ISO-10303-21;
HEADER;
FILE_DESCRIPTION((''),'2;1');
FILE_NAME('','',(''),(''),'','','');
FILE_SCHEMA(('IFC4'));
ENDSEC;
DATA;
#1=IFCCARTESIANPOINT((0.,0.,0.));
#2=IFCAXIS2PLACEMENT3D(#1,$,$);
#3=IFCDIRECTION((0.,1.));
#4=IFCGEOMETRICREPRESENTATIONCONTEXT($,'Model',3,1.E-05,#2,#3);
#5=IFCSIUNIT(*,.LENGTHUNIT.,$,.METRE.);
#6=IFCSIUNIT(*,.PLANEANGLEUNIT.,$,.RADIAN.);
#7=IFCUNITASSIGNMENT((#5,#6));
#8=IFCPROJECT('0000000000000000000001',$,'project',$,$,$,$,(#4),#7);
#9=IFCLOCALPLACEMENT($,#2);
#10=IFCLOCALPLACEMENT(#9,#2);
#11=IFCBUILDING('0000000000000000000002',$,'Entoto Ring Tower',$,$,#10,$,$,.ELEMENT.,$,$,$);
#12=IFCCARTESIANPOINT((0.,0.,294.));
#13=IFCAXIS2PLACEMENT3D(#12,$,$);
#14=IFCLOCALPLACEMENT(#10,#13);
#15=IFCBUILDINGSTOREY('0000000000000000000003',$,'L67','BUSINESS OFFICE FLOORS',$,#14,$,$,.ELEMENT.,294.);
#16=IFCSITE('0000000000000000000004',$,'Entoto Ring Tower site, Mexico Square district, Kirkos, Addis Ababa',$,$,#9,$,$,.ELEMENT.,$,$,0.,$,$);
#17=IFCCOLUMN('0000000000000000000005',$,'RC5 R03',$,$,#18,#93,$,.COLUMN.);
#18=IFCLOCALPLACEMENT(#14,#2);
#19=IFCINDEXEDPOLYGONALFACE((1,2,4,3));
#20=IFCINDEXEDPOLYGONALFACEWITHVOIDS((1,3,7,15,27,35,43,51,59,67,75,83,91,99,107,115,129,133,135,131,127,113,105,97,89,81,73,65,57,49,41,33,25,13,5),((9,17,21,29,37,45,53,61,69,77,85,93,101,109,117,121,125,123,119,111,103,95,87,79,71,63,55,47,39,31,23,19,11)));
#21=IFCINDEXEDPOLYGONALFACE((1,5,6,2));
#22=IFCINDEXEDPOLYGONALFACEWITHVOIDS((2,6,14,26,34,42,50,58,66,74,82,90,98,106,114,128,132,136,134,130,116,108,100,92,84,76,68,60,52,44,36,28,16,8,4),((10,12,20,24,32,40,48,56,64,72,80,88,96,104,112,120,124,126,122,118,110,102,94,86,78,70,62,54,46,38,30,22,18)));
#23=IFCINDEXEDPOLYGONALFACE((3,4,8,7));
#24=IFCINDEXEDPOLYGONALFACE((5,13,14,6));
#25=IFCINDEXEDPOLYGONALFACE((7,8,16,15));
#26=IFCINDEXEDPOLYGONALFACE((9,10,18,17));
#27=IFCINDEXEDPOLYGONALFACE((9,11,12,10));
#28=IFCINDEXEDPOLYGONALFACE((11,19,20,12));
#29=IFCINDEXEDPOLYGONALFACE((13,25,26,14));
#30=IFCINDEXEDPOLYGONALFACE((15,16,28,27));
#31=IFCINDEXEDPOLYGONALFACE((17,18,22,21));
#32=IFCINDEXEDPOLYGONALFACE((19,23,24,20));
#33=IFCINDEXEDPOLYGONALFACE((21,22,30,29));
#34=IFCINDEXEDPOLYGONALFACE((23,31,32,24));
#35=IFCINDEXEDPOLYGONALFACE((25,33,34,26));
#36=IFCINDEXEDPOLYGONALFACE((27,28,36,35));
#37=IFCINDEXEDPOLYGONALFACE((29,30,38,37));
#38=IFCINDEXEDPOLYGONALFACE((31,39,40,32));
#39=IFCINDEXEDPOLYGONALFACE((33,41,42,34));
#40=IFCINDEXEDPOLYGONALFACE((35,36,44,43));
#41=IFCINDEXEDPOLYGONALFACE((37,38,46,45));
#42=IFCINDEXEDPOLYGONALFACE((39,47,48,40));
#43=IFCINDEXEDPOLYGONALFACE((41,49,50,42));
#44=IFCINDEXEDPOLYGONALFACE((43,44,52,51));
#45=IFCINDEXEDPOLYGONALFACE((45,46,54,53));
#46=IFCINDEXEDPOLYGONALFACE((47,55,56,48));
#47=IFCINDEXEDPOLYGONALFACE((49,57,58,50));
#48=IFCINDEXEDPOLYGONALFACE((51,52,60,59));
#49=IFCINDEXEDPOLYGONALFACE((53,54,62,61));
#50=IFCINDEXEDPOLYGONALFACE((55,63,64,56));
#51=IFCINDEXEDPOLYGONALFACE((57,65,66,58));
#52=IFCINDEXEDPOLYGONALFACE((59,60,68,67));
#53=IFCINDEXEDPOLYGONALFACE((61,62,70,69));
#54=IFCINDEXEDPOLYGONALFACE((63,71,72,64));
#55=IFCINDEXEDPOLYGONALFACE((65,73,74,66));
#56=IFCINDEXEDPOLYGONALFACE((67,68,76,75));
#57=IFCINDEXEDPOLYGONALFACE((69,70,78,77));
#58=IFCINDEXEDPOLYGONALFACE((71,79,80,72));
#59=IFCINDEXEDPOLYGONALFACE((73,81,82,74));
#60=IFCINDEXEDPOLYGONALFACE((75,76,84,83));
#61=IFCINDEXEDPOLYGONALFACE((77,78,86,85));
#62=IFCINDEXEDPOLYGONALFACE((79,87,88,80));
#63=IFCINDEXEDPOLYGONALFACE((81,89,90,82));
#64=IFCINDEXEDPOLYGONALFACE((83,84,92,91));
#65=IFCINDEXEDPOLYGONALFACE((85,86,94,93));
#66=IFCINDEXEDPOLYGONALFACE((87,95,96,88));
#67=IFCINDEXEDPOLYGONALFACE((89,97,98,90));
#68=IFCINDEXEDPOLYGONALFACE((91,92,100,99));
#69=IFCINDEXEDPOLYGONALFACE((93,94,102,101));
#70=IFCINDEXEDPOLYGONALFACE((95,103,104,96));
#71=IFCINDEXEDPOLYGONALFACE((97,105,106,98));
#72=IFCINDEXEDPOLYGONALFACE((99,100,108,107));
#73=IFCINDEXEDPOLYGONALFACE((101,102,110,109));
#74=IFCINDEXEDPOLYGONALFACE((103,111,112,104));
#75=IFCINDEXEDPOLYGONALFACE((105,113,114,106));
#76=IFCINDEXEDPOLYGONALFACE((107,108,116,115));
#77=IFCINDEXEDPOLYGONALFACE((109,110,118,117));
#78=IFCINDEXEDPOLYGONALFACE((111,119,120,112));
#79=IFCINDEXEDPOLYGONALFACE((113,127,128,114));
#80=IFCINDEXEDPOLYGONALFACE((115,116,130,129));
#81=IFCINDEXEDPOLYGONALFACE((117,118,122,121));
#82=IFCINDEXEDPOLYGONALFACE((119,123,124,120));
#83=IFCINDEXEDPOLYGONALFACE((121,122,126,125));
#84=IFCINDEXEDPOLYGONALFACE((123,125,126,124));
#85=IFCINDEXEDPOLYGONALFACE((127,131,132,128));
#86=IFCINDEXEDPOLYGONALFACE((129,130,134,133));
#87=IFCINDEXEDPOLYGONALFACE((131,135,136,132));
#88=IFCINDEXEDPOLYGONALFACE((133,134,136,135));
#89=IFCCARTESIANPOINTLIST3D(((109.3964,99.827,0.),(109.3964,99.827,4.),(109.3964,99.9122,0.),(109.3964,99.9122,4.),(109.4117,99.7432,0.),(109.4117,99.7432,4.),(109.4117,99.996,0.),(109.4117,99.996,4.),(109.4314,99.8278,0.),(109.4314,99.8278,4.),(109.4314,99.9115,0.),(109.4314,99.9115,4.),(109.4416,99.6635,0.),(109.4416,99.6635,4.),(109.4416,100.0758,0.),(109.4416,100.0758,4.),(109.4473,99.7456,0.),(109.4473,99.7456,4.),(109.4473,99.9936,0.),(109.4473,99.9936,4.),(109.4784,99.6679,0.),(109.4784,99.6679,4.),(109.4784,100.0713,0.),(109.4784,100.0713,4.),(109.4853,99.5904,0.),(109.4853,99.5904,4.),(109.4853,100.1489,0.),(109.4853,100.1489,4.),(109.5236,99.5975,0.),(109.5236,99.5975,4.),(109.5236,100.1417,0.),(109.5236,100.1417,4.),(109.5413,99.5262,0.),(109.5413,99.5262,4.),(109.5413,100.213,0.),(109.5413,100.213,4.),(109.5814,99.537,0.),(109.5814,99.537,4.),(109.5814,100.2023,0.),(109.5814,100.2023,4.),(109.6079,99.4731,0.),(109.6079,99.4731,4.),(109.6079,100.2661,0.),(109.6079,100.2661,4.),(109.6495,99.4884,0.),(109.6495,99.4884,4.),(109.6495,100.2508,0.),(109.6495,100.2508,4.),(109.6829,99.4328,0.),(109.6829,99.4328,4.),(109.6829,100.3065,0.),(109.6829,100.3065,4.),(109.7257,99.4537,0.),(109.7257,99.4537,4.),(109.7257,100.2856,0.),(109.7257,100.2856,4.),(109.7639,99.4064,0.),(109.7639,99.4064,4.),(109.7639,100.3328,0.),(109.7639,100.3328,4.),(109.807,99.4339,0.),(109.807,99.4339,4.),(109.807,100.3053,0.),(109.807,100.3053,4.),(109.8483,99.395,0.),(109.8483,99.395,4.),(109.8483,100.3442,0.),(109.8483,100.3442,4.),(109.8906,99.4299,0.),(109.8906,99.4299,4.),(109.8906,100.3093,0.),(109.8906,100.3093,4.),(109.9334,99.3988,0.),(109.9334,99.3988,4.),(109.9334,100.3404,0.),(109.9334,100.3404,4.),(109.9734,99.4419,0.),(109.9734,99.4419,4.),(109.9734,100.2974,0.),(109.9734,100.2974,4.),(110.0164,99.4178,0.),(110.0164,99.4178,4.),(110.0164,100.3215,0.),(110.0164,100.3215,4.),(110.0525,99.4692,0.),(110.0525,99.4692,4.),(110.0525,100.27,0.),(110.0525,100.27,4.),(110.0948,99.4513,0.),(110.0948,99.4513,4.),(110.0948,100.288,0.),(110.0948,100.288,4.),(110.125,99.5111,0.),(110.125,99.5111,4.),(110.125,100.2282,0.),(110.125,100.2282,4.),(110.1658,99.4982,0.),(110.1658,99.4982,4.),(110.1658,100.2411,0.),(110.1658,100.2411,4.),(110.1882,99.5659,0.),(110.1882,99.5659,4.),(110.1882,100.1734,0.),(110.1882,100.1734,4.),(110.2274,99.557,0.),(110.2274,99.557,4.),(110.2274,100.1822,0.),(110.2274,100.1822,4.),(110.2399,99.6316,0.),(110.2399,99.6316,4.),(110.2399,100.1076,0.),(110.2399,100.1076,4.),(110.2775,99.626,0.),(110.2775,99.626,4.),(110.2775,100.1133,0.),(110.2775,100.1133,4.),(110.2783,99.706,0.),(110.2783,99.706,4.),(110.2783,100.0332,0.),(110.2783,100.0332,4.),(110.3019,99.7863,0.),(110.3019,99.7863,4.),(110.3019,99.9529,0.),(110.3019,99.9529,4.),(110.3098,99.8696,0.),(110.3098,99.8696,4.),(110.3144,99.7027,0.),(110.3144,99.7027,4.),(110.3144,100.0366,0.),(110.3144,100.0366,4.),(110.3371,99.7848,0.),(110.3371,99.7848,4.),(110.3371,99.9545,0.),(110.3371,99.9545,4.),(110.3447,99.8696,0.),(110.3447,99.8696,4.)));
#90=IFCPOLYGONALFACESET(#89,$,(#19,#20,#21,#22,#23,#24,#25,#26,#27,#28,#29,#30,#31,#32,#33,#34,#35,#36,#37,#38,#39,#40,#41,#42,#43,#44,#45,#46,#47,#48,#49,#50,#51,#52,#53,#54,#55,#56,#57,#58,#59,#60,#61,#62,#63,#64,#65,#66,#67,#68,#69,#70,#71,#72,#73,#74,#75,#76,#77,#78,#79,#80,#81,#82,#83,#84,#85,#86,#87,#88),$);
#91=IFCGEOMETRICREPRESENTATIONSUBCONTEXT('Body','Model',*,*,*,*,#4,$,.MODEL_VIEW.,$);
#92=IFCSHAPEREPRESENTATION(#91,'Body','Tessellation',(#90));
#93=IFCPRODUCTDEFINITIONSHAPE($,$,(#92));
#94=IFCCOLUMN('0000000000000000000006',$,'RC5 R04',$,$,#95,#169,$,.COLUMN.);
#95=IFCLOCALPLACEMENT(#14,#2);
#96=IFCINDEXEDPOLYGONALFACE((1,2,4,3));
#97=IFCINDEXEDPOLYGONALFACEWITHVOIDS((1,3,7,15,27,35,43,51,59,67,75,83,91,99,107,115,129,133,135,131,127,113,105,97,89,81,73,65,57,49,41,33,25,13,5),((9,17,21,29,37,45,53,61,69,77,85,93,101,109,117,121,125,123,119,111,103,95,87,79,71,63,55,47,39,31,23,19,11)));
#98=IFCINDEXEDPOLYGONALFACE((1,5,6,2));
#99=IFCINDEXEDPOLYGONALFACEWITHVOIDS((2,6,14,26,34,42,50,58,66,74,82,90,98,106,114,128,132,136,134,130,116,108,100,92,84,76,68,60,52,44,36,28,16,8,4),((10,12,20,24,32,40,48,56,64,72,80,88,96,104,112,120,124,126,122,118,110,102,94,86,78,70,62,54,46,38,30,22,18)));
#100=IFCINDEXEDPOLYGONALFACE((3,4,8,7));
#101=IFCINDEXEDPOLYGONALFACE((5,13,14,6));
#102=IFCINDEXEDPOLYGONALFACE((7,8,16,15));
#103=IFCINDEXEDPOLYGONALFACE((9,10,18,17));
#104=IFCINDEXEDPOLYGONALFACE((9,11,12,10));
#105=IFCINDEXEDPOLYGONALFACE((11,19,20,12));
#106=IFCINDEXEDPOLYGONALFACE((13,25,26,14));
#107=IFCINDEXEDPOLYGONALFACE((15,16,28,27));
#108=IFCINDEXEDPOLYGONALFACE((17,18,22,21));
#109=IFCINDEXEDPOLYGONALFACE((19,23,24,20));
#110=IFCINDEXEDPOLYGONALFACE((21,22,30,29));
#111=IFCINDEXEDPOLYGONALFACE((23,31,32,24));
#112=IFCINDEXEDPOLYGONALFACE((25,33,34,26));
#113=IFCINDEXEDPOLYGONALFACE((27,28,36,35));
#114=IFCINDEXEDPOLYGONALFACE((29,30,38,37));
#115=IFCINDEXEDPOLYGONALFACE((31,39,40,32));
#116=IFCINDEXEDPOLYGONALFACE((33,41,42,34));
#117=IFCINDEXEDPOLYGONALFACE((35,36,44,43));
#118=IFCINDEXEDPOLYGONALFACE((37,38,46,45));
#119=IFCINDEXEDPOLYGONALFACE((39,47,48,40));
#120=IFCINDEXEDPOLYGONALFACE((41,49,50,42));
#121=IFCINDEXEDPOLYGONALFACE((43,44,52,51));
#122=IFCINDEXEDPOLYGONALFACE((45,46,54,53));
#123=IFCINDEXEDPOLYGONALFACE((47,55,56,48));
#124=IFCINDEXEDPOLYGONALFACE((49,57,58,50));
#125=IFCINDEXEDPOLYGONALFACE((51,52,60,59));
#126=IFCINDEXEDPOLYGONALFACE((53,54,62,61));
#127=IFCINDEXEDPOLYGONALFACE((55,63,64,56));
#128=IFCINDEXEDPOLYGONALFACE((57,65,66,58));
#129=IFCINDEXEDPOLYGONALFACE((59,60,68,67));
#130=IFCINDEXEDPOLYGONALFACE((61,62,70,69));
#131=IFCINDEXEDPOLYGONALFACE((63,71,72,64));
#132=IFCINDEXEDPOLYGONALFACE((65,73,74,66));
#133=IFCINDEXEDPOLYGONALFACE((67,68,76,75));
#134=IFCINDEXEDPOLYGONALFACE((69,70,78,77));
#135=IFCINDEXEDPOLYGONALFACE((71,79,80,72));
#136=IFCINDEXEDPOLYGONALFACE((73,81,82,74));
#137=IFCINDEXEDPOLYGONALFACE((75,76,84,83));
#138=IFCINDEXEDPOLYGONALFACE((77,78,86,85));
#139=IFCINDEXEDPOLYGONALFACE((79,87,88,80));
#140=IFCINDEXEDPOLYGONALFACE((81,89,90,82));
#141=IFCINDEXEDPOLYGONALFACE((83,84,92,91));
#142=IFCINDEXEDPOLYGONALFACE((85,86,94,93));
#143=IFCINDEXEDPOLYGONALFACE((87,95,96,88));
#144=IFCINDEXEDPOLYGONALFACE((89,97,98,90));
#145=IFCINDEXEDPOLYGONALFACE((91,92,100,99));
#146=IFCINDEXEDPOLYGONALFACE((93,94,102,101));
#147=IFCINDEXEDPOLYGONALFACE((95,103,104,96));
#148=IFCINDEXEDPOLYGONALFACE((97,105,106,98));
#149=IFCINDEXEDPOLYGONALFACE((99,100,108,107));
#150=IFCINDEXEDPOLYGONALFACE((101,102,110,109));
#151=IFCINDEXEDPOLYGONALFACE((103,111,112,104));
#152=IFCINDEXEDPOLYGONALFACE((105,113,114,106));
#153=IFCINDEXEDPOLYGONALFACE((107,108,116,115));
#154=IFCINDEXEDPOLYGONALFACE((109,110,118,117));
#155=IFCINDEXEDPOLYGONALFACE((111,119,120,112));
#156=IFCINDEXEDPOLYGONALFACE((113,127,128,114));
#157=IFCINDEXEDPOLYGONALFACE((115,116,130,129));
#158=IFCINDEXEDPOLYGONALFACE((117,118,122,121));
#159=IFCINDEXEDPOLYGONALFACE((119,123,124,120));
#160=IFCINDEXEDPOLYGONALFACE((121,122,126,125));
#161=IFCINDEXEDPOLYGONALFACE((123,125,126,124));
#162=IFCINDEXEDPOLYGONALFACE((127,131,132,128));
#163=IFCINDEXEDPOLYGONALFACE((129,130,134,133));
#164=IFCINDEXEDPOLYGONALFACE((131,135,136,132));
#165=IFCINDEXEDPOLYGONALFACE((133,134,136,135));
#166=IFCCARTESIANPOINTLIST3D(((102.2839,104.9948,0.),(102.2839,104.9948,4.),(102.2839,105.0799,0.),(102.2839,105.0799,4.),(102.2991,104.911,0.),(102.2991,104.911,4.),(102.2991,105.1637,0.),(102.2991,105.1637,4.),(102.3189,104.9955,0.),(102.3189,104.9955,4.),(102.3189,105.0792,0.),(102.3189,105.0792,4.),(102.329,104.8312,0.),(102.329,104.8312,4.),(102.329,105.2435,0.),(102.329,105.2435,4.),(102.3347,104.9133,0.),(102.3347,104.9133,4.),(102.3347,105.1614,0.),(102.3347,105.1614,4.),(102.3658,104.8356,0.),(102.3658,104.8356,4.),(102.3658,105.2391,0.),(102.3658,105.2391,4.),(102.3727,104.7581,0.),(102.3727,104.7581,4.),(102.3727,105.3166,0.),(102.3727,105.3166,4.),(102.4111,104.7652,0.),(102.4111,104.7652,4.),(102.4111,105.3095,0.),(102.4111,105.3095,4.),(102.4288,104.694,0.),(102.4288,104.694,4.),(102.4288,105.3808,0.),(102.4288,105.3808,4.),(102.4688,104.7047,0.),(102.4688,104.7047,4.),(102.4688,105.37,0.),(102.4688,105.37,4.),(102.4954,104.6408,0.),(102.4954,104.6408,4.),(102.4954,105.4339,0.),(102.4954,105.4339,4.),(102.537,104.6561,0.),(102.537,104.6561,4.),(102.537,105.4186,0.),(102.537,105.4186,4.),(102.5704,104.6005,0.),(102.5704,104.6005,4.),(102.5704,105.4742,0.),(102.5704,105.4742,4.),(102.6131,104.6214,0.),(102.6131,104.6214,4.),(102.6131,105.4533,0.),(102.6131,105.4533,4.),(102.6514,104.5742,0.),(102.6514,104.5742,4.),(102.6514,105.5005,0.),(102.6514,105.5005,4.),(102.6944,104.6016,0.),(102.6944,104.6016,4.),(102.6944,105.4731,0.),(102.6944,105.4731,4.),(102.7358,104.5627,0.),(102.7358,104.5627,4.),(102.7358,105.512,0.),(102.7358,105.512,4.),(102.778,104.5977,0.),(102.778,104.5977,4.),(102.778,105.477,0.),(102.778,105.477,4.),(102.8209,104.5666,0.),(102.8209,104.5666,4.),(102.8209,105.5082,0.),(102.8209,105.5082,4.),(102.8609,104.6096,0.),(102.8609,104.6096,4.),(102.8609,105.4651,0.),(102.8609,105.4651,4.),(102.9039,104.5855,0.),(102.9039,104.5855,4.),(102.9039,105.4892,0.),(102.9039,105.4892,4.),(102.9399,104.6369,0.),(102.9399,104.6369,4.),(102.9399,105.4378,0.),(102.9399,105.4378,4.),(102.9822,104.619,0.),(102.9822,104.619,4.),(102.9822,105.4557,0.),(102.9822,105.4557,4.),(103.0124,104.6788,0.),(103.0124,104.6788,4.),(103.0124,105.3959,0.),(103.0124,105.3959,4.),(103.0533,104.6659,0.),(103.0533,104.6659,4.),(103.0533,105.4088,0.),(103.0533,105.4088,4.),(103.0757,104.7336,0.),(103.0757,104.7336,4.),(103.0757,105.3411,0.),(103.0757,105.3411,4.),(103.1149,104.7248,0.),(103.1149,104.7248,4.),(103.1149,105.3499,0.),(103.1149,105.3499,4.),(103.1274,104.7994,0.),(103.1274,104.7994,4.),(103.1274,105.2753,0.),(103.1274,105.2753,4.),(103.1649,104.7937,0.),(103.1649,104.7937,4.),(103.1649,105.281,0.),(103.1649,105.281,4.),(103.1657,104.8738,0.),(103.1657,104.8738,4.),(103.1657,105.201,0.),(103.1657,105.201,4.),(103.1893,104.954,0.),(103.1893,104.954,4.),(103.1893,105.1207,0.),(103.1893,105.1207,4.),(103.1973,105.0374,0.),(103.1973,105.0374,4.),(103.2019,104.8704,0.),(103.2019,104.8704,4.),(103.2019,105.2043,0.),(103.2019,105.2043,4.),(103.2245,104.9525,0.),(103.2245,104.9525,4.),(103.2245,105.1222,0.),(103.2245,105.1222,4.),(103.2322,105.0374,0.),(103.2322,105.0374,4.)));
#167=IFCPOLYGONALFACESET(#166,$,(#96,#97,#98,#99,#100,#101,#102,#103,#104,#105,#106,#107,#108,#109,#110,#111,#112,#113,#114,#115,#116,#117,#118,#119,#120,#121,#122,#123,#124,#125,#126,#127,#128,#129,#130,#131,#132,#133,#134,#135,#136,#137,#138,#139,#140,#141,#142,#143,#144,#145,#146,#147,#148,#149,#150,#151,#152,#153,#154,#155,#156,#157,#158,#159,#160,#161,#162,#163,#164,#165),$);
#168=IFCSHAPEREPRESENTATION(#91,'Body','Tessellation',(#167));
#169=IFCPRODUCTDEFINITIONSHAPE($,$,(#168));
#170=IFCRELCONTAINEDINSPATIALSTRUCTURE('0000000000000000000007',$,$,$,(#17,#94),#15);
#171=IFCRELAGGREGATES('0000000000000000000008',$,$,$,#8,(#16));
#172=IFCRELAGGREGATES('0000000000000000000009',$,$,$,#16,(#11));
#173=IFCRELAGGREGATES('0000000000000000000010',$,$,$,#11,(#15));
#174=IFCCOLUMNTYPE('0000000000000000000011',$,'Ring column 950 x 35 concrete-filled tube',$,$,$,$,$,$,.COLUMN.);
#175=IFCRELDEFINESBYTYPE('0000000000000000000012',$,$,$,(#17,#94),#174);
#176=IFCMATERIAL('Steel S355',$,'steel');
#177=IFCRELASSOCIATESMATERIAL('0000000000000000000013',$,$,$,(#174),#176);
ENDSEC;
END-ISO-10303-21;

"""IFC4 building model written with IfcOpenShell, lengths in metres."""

from ifc_helpers import new_model, si_unit, direction, frame, origin, origin_2d, place, context, subcontext, project, spatial, circle, hollow_circle, extrude, material, material_profile, profile_set, type_object, element, save


model = new_model("IFC4")

# Units and contexts
model_context = context("Model", 3, precision=1e-05, world=origin(), true_north=direction((0.0, 1.0)))
body_context = subcontext(model_context, "Body", "Model", "MODEL_VIEW")
ifc_project = project(units=[si_unit("LENGTHUNIT", "METRE"), si_unit("PLANEANGLEUNIT", "RADIAN")], contexts=[model_context])

# Site, building, storey
site_placement = place(None, origin())
site = spatial("IfcSite", under=ifc_project, at=site_placement, Name="Entoto Ring Tower site, Mexico Square district, Kirkos, Addis Ababa", CompositionType="ELEMENT", RefElevation=0.0)
building_placement = place(site_placement, origin())
building = spatial("IfcBuilding", under=site, at=building_placement, Name="Entoto Ring Tower", CompositionType="ELEMENT")
storey_placement = place(building_placement, frame((0.0, 0.0, 294.0)))
storey = spatial("IfcBuildingStorey", under=building, at=storey_placement, Name="L67", Description="BUSINESS OFFICE FLOORS", CompositionType="ELEMENT", Elevation=294.0)

# Columns
ifc_material_1 = material(Name="Steel S355", Category="steel")
ifc_material_profile_1 = material_profile(ifc_material_1, hollow_circle(Radius=0.4751, WallThickness=0.0349, at=origin_2d()), Name="CHS 950 x 35")
ifc_material_2 = material(Name="Concrete C60/75", Category="concrete")
ifc_material_profile_2 = material_profile(ifc_material_2, circle(Radius=0.4399, at=origin_2d()), Name="Concrete C60/75 infill")
ifc_profile_set_1 = profile_set([ifc_material_profile_1, ifc_material_profile_2], Name="Steel S355")
column_type = type_object("IfcColumnType", Name="Ring column 950 x 35 concrete-filled tube", PredefinedType="COLUMN", material=ifc_profile_set_1)
for number, where, z_axis, x_axis, name in (
    (1, (109.8696, 99.8696, 0.0), (0.0, 0.0, 1.0), (1.0, 0.0, 0.0), "RC5 R03"),
    (2, (102.7571, 105.0374, 0.0), (0.0, 0.0, 1.0), (1.0, 0.0, 0.0), "RC5 R04"),
):
    element("IfcColumn", number, at=place(storey_placement, frame(where, z_axis=z_axis, x_axis=x_axis)), inside=storey, type_object=column_type, Name=name, PredefinedType="COLUMN", context=body_context, shape_type="SweptSolid", body=[
        extrude(hollow_circle(Radius=0.4751, WallThickness=0.0349, at=origin_2d()), origin(), (0.0, 0.0, 1.0), 4.0),
    ])

save(model, "model.ifc")
